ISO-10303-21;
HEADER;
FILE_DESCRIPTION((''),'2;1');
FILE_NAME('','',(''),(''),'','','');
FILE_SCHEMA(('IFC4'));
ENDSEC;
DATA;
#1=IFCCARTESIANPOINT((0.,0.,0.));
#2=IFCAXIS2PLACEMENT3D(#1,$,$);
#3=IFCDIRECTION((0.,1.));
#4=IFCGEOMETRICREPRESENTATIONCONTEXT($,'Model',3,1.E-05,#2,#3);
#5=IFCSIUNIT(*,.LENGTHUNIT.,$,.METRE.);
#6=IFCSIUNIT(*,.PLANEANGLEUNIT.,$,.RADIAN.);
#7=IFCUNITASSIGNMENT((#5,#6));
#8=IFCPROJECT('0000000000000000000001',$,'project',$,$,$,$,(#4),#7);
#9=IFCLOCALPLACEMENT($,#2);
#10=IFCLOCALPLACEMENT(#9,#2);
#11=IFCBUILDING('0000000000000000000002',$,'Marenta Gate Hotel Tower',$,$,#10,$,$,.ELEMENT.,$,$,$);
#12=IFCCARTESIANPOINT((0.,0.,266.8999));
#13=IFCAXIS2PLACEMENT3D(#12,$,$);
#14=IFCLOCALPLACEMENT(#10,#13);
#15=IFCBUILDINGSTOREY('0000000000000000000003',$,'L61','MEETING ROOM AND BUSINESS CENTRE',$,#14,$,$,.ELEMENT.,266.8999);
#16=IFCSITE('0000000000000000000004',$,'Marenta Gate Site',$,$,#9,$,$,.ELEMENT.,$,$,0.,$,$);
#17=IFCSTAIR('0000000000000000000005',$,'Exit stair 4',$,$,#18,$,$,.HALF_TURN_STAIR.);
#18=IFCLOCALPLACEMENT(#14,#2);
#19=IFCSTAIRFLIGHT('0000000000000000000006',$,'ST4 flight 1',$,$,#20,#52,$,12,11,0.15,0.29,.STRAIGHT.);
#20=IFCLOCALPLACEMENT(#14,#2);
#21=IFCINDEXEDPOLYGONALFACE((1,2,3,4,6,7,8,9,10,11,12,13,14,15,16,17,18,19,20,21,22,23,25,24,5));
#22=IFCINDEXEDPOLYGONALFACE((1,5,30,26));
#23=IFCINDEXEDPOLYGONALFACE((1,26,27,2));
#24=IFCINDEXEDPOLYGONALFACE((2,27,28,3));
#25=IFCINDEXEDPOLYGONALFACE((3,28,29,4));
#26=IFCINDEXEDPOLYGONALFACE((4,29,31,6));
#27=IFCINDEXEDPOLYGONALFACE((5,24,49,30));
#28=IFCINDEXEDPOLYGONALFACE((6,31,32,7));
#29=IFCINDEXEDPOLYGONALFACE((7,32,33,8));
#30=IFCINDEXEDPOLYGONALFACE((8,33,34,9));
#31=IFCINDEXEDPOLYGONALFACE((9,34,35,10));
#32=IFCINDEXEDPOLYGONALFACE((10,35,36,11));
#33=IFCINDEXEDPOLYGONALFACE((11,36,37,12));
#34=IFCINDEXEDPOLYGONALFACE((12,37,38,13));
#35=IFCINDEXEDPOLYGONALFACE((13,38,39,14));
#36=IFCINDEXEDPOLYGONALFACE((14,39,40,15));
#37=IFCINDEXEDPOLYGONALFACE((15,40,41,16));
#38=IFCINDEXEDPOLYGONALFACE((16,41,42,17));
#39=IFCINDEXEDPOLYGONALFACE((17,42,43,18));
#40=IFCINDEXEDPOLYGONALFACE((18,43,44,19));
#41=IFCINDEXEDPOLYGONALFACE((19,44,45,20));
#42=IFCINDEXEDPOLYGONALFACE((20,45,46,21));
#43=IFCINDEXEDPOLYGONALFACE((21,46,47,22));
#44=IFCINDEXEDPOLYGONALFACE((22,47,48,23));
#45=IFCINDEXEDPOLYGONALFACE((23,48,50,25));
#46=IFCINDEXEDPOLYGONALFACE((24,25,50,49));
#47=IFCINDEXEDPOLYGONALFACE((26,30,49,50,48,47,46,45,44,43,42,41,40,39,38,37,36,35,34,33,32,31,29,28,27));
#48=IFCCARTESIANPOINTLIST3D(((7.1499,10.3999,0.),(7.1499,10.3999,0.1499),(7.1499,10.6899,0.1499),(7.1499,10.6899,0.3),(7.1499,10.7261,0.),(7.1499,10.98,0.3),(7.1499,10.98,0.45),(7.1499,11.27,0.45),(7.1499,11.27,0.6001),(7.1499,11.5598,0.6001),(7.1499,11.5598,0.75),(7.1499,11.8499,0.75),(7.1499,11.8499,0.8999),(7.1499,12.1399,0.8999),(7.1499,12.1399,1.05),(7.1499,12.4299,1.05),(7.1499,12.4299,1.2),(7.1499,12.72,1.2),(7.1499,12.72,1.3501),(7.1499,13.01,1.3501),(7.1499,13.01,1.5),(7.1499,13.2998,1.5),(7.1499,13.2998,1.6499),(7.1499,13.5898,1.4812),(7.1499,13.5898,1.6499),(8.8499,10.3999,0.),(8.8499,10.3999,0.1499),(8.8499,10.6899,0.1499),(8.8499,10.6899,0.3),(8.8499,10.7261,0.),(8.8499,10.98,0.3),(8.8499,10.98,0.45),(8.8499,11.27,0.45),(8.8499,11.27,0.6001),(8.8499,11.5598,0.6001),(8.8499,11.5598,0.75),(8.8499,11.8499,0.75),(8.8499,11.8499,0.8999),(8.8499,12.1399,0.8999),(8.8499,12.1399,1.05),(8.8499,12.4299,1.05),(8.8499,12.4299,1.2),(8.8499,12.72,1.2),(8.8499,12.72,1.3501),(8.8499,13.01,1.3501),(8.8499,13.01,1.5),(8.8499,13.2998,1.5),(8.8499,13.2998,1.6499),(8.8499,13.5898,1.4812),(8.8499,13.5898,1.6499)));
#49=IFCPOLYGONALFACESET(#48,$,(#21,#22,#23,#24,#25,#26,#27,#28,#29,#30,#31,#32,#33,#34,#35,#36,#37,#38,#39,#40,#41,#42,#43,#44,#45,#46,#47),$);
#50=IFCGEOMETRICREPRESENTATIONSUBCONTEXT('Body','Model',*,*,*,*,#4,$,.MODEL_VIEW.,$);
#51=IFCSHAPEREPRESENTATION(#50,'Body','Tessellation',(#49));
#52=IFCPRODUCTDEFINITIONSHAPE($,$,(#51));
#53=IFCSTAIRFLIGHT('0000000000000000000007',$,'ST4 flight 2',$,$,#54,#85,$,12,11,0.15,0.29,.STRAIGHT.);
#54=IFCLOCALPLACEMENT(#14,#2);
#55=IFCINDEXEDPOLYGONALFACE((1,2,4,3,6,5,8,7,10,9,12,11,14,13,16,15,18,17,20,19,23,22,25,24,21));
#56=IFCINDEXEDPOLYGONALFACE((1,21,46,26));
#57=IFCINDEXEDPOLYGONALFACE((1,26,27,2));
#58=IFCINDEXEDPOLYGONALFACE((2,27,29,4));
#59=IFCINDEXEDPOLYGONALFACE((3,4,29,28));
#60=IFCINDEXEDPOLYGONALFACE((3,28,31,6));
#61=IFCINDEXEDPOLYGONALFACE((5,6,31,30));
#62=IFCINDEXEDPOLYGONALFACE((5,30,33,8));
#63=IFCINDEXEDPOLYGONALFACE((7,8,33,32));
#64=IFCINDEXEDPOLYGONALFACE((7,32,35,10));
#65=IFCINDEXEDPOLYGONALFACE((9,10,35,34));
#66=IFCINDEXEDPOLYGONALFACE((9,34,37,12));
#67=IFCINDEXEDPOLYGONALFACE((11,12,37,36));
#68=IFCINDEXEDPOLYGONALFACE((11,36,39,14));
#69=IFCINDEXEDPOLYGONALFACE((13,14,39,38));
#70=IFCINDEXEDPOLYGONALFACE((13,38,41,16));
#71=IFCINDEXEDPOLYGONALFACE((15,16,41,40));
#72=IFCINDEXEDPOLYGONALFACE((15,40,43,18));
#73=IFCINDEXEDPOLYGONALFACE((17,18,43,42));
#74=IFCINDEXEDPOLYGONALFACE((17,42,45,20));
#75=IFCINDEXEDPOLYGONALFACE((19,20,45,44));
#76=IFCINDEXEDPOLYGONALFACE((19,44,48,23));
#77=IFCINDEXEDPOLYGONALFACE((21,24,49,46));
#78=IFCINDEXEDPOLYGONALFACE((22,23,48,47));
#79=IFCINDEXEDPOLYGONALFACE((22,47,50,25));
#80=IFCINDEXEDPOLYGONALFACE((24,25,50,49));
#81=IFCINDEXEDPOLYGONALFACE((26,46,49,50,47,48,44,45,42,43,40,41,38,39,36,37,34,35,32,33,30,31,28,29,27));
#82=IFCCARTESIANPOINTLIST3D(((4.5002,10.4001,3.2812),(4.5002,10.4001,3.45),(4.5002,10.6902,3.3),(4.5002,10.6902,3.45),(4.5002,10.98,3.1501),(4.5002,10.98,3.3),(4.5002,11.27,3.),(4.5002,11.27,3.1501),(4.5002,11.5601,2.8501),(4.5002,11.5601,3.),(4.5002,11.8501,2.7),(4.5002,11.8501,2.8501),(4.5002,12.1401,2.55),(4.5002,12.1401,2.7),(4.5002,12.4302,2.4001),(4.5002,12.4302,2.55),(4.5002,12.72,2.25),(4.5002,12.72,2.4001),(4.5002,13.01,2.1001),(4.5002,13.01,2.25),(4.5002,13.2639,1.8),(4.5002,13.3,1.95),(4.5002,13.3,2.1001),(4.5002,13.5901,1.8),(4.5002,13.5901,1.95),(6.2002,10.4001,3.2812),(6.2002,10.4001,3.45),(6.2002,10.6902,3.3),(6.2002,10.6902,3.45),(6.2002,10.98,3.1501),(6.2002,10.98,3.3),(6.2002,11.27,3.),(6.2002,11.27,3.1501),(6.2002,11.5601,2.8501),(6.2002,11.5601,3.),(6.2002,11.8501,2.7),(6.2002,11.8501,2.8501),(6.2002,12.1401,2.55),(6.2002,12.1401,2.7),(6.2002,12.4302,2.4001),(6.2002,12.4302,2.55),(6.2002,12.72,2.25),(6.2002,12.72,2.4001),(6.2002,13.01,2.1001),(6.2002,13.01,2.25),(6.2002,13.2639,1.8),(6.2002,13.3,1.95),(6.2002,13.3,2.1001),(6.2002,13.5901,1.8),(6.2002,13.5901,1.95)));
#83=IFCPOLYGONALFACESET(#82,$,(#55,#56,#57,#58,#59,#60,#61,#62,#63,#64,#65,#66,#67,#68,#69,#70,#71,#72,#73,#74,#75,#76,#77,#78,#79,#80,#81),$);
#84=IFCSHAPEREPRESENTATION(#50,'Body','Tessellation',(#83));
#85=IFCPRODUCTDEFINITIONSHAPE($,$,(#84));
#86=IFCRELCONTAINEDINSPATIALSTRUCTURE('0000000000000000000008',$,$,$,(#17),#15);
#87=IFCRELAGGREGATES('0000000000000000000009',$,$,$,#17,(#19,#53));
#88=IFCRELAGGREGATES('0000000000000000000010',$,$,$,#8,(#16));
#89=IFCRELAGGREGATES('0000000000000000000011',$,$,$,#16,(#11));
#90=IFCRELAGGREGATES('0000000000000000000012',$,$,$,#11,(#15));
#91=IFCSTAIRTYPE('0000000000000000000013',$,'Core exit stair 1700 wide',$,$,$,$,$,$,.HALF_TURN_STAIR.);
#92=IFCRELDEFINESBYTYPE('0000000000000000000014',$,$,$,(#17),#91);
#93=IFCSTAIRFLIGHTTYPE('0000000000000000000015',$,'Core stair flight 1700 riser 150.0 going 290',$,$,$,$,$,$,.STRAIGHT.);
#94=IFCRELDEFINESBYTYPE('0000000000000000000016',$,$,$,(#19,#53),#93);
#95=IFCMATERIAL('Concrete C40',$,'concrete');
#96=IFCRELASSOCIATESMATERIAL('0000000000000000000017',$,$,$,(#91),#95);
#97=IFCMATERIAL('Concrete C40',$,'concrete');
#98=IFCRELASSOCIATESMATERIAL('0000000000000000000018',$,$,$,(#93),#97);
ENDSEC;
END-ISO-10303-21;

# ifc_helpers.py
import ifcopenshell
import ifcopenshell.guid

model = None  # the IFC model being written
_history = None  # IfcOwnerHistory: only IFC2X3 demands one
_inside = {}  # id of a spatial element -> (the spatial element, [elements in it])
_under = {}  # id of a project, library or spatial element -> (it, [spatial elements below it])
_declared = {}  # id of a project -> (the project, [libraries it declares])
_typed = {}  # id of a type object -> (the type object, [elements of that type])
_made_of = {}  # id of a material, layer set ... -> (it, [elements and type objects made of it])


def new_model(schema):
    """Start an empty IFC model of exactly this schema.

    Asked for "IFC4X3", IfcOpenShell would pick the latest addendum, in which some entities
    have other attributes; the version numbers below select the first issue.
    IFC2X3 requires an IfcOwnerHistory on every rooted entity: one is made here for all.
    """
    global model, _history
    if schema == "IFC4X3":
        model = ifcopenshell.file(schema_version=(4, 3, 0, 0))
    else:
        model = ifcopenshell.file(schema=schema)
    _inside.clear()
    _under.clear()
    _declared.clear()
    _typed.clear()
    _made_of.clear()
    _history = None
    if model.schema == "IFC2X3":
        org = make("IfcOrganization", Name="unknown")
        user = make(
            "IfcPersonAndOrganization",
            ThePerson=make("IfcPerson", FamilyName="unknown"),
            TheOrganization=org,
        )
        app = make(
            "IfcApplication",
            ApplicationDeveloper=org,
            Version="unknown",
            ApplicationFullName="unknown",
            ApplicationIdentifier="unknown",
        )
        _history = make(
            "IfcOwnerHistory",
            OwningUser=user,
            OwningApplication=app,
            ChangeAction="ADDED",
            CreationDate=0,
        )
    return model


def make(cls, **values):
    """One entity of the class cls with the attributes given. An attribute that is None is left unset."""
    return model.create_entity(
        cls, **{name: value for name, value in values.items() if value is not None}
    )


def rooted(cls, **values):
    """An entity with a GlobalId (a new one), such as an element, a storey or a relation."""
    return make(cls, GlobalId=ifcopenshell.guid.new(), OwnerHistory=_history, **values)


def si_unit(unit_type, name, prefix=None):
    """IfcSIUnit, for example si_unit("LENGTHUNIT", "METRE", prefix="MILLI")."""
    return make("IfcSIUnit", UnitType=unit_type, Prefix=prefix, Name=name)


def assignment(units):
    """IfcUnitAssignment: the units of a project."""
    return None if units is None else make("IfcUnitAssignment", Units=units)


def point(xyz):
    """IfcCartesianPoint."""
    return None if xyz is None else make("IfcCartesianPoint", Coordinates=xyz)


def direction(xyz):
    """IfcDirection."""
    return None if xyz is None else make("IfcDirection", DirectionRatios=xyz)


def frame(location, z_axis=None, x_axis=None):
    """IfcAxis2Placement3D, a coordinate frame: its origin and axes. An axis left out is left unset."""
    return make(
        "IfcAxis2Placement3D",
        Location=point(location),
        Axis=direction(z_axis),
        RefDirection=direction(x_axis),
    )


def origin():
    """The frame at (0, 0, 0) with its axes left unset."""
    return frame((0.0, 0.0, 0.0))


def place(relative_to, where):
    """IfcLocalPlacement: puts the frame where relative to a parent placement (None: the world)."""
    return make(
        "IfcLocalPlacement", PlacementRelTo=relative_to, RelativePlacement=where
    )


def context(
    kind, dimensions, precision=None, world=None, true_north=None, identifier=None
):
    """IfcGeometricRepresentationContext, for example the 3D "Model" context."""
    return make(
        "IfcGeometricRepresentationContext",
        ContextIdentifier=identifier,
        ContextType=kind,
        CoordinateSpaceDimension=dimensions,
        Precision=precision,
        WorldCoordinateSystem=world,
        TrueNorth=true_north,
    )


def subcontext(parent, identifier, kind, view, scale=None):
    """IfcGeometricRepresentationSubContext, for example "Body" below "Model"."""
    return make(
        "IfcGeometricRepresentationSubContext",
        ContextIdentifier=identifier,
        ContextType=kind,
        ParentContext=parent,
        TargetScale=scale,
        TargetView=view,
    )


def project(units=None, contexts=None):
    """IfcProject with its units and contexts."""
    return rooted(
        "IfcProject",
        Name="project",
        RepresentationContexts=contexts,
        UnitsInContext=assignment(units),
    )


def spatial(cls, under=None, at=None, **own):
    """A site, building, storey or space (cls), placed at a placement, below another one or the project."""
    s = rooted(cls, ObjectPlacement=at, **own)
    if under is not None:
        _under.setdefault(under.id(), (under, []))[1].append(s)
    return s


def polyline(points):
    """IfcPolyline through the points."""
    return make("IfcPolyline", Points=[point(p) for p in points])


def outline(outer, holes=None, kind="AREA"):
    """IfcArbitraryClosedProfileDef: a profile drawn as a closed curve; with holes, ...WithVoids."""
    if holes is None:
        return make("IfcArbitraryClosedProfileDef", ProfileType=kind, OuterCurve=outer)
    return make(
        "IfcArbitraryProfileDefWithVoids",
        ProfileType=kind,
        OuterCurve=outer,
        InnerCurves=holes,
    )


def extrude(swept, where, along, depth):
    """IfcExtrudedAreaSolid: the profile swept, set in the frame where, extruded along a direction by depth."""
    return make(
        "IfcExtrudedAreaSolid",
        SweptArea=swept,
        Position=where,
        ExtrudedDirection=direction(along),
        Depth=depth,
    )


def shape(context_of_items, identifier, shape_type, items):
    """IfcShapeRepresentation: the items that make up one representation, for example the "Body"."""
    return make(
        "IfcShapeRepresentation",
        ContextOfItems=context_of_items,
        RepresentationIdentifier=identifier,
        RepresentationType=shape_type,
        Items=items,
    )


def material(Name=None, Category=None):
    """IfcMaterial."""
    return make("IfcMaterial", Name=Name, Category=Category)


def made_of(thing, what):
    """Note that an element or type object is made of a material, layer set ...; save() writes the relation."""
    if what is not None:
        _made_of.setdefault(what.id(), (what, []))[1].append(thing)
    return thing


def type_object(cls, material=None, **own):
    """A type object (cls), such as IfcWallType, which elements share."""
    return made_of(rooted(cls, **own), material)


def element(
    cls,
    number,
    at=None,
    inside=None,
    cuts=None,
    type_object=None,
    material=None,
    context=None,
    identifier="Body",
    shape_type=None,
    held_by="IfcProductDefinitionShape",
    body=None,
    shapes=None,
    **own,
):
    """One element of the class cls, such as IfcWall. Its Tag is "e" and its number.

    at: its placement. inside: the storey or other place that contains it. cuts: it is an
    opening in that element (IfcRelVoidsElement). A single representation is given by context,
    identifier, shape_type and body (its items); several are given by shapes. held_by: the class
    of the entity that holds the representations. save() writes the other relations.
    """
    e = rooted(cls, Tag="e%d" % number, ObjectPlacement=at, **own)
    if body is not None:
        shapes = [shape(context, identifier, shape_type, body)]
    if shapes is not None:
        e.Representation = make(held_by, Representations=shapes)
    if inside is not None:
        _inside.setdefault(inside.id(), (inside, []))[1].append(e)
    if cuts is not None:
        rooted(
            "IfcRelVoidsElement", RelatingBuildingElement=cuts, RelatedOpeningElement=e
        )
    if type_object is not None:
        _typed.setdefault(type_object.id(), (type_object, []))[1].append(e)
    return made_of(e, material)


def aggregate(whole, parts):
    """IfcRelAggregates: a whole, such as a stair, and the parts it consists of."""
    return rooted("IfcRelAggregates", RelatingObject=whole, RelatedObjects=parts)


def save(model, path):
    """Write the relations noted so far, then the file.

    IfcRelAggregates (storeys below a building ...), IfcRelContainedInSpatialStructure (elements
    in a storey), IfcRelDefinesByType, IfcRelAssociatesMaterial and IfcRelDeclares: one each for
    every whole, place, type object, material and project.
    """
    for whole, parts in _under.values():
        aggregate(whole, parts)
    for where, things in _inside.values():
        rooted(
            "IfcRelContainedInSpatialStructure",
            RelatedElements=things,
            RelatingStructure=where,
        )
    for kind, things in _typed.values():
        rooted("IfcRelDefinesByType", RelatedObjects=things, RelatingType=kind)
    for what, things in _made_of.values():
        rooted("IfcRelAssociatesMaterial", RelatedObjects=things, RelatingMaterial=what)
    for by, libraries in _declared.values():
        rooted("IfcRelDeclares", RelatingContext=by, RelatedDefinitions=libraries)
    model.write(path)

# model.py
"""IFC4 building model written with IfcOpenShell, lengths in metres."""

from ifc_helpers import new_model, si_unit, direction, frame, origin, place, context, subcontext, project, spatial, polyline, outline, extrude, material, type_object, element, aggregate, save


model = new_model("IFC4")

# Units and contexts
model_context = context("Model", 3, precision=1e-05, world=origin(), true_north=direction((0.0, 1.0)))
body_context = subcontext(model_context, "Body", "Model", "MODEL_VIEW")
ifc_project = project(units=[si_unit("LENGTHUNIT", "METRE"), si_unit("PLANEANGLEUNIT", "RADIAN")], contexts=[model_context])

# Site, building, storey
site_placement = place(None, origin())
site = spatial("IfcSite", under=ifc_project, at=site_placement, Name="Marenta Gate Site", CompositionType="ELEMENT", RefElevation=0.0)
building_placement = place(site_placement, origin())
building = spatial("IfcBuilding", under=site, at=building_placement, Name="Marenta Gate Hotel Tower", CompositionType="ELEMENT")
storey_placement = place(building_placement, frame((0.0, 0.0, 266.8999)))
storey = spatial("IfcBuildingStorey", under=building, at=storey_placement, Name="L61", Description="MEETING ROOM AND BUSINESS CENTRE", CompositionType="ELEMENT", Elevation=266.8999)

# Shared definitions
ifc_material_1 = material(Name="Concrete C40", Category="concrete")
stair_type = type_object("IfcStairType", Name="Core exit stair 1700 wide", PredefinedType="HALF_TURN_STAIR", material=ifc_material_1)
ifc_material_2 = material(Name="Concrete C40", Category="concrete")
stair_flight_type = type_object("IfcStairFlightType", Name="Core stair flight 1700 riser 150.0 going 290", PredefinedType="STRAIGHT", material=ifc_material_2)

# Stair, stair flights
stair_1_placement = place(storey_placement, origin())
stair_1 = element("IfcStair", 1, at=stair_1_placement, inside=storey, type_object=stair_type, Name="Exit stair 4", PredefinedType="HALF_TURN_STAIR")
stair_flight_1_placement = place(storey_placement, frame((8.0, 10.3999, 0.0), z_axis=(0.0, 0.0, 1.0), x_axis=(0.0, 1.0, 0.0)))
stair_flight_1 = element("IfcStairFlight", 2, at=stair_flight_1_placement, type_object=stair_flight_type, Name="ST4 flight 1", NumberOfRisers=12, NumberOfTreads=11, PredefinedType="STRAIGHT", RiserHeight=0.15, TreadLength=0.29, context=body_context, shape_type="SweptSolid", body=[
    extrude(outline(polyline([(0.0, 0.0), (0.0, 0.1499), (0.29, 0.1499), (0.29, 0.3), (0.5801, 0.3), (0.5801, 0.45), (0.8701, 0.45), (0.8701, 0.6001), (1.1599, 0.6001), (1.1599, 0.75), (1.45, 0.75), (1.45, 0.8999), (1.74, 0.8999), (1.74, 1.05), (2.03, 1.05), (2.03, 1.2), (2.3201, 1.2), (2.3201, 1.3501), (2.6101, 1.3501), (2.6101, 1.5), (2.8999, 1.5), (2.8999, 1.6499), (3.1899, 1.6499), (3.1899, 1.8), (3.1899, 1.4812), (0.3262, 0.0), (0.0, 0.0)])), frame((0.0, 0.8501, 0.0), z_axis=(0.0, -1.0, 0.0), x_axis=(1.0, 0.0, 0.0)), (0.0, 0.0, 1.0), 1.7),
])
stair_flight_2_placement = place(storey_placement, frame((5.3501, 13.5901, 1.8), z_axis=(0.0, 0.0, 1.0), x_axis=(0.0, -1.0, 0.0)))
stair_flight_2 = element("IfcStairFlight", 3, at=stair_flight_2_placement, type_object=stair_flight_type, Name="ST4 flight 2", NumberOfRisers=12, NumberOfTreads=11, PredefinedType="STRAIGHT", RiserHeight=0.15, TreadLength=0.29, context=body_context, shape_type="SweptSolid", body=[
    extrude(outline(polyline([(0.0, 0.0), (0.0, 0.1499), (0.29, 0.1499), (0.29, 0.3), (0.5801, 0.3), (0.5801, 0.45), (0.8701, 0.45), (0.8701, 0.6001), (1.1599, 0.6001), (1.1599, 0.75), (1.45, 0.75), (1.45, 0.8999), (1.74, 0.8999), (1.74, 1.05), (2.03, 1.05), (2.03, 1.2), (2.3201, 1.2), (2.3201, 1.3501), (2.6101, 1.3501), (2.6101, 1.5), (2.8999, 1.5), (2.8999, 1.6499), (3.1899, 1.6499), (3.1899, 1.8), (3.1899, 1.4812), (0.3262, 0.0), (0.0, 0.0)])), frame((0.0, 0.8501, 0.0), z_axis=(0.0, -1.0, 0.0), x_axis=(1.0, 0.0, 0.0)), (0.0, 0.0, 1.0), 1.7),
])
aggregate(stair_1, [stair_flight_1, stair_flight_2])

save(model, "model.ifc")
